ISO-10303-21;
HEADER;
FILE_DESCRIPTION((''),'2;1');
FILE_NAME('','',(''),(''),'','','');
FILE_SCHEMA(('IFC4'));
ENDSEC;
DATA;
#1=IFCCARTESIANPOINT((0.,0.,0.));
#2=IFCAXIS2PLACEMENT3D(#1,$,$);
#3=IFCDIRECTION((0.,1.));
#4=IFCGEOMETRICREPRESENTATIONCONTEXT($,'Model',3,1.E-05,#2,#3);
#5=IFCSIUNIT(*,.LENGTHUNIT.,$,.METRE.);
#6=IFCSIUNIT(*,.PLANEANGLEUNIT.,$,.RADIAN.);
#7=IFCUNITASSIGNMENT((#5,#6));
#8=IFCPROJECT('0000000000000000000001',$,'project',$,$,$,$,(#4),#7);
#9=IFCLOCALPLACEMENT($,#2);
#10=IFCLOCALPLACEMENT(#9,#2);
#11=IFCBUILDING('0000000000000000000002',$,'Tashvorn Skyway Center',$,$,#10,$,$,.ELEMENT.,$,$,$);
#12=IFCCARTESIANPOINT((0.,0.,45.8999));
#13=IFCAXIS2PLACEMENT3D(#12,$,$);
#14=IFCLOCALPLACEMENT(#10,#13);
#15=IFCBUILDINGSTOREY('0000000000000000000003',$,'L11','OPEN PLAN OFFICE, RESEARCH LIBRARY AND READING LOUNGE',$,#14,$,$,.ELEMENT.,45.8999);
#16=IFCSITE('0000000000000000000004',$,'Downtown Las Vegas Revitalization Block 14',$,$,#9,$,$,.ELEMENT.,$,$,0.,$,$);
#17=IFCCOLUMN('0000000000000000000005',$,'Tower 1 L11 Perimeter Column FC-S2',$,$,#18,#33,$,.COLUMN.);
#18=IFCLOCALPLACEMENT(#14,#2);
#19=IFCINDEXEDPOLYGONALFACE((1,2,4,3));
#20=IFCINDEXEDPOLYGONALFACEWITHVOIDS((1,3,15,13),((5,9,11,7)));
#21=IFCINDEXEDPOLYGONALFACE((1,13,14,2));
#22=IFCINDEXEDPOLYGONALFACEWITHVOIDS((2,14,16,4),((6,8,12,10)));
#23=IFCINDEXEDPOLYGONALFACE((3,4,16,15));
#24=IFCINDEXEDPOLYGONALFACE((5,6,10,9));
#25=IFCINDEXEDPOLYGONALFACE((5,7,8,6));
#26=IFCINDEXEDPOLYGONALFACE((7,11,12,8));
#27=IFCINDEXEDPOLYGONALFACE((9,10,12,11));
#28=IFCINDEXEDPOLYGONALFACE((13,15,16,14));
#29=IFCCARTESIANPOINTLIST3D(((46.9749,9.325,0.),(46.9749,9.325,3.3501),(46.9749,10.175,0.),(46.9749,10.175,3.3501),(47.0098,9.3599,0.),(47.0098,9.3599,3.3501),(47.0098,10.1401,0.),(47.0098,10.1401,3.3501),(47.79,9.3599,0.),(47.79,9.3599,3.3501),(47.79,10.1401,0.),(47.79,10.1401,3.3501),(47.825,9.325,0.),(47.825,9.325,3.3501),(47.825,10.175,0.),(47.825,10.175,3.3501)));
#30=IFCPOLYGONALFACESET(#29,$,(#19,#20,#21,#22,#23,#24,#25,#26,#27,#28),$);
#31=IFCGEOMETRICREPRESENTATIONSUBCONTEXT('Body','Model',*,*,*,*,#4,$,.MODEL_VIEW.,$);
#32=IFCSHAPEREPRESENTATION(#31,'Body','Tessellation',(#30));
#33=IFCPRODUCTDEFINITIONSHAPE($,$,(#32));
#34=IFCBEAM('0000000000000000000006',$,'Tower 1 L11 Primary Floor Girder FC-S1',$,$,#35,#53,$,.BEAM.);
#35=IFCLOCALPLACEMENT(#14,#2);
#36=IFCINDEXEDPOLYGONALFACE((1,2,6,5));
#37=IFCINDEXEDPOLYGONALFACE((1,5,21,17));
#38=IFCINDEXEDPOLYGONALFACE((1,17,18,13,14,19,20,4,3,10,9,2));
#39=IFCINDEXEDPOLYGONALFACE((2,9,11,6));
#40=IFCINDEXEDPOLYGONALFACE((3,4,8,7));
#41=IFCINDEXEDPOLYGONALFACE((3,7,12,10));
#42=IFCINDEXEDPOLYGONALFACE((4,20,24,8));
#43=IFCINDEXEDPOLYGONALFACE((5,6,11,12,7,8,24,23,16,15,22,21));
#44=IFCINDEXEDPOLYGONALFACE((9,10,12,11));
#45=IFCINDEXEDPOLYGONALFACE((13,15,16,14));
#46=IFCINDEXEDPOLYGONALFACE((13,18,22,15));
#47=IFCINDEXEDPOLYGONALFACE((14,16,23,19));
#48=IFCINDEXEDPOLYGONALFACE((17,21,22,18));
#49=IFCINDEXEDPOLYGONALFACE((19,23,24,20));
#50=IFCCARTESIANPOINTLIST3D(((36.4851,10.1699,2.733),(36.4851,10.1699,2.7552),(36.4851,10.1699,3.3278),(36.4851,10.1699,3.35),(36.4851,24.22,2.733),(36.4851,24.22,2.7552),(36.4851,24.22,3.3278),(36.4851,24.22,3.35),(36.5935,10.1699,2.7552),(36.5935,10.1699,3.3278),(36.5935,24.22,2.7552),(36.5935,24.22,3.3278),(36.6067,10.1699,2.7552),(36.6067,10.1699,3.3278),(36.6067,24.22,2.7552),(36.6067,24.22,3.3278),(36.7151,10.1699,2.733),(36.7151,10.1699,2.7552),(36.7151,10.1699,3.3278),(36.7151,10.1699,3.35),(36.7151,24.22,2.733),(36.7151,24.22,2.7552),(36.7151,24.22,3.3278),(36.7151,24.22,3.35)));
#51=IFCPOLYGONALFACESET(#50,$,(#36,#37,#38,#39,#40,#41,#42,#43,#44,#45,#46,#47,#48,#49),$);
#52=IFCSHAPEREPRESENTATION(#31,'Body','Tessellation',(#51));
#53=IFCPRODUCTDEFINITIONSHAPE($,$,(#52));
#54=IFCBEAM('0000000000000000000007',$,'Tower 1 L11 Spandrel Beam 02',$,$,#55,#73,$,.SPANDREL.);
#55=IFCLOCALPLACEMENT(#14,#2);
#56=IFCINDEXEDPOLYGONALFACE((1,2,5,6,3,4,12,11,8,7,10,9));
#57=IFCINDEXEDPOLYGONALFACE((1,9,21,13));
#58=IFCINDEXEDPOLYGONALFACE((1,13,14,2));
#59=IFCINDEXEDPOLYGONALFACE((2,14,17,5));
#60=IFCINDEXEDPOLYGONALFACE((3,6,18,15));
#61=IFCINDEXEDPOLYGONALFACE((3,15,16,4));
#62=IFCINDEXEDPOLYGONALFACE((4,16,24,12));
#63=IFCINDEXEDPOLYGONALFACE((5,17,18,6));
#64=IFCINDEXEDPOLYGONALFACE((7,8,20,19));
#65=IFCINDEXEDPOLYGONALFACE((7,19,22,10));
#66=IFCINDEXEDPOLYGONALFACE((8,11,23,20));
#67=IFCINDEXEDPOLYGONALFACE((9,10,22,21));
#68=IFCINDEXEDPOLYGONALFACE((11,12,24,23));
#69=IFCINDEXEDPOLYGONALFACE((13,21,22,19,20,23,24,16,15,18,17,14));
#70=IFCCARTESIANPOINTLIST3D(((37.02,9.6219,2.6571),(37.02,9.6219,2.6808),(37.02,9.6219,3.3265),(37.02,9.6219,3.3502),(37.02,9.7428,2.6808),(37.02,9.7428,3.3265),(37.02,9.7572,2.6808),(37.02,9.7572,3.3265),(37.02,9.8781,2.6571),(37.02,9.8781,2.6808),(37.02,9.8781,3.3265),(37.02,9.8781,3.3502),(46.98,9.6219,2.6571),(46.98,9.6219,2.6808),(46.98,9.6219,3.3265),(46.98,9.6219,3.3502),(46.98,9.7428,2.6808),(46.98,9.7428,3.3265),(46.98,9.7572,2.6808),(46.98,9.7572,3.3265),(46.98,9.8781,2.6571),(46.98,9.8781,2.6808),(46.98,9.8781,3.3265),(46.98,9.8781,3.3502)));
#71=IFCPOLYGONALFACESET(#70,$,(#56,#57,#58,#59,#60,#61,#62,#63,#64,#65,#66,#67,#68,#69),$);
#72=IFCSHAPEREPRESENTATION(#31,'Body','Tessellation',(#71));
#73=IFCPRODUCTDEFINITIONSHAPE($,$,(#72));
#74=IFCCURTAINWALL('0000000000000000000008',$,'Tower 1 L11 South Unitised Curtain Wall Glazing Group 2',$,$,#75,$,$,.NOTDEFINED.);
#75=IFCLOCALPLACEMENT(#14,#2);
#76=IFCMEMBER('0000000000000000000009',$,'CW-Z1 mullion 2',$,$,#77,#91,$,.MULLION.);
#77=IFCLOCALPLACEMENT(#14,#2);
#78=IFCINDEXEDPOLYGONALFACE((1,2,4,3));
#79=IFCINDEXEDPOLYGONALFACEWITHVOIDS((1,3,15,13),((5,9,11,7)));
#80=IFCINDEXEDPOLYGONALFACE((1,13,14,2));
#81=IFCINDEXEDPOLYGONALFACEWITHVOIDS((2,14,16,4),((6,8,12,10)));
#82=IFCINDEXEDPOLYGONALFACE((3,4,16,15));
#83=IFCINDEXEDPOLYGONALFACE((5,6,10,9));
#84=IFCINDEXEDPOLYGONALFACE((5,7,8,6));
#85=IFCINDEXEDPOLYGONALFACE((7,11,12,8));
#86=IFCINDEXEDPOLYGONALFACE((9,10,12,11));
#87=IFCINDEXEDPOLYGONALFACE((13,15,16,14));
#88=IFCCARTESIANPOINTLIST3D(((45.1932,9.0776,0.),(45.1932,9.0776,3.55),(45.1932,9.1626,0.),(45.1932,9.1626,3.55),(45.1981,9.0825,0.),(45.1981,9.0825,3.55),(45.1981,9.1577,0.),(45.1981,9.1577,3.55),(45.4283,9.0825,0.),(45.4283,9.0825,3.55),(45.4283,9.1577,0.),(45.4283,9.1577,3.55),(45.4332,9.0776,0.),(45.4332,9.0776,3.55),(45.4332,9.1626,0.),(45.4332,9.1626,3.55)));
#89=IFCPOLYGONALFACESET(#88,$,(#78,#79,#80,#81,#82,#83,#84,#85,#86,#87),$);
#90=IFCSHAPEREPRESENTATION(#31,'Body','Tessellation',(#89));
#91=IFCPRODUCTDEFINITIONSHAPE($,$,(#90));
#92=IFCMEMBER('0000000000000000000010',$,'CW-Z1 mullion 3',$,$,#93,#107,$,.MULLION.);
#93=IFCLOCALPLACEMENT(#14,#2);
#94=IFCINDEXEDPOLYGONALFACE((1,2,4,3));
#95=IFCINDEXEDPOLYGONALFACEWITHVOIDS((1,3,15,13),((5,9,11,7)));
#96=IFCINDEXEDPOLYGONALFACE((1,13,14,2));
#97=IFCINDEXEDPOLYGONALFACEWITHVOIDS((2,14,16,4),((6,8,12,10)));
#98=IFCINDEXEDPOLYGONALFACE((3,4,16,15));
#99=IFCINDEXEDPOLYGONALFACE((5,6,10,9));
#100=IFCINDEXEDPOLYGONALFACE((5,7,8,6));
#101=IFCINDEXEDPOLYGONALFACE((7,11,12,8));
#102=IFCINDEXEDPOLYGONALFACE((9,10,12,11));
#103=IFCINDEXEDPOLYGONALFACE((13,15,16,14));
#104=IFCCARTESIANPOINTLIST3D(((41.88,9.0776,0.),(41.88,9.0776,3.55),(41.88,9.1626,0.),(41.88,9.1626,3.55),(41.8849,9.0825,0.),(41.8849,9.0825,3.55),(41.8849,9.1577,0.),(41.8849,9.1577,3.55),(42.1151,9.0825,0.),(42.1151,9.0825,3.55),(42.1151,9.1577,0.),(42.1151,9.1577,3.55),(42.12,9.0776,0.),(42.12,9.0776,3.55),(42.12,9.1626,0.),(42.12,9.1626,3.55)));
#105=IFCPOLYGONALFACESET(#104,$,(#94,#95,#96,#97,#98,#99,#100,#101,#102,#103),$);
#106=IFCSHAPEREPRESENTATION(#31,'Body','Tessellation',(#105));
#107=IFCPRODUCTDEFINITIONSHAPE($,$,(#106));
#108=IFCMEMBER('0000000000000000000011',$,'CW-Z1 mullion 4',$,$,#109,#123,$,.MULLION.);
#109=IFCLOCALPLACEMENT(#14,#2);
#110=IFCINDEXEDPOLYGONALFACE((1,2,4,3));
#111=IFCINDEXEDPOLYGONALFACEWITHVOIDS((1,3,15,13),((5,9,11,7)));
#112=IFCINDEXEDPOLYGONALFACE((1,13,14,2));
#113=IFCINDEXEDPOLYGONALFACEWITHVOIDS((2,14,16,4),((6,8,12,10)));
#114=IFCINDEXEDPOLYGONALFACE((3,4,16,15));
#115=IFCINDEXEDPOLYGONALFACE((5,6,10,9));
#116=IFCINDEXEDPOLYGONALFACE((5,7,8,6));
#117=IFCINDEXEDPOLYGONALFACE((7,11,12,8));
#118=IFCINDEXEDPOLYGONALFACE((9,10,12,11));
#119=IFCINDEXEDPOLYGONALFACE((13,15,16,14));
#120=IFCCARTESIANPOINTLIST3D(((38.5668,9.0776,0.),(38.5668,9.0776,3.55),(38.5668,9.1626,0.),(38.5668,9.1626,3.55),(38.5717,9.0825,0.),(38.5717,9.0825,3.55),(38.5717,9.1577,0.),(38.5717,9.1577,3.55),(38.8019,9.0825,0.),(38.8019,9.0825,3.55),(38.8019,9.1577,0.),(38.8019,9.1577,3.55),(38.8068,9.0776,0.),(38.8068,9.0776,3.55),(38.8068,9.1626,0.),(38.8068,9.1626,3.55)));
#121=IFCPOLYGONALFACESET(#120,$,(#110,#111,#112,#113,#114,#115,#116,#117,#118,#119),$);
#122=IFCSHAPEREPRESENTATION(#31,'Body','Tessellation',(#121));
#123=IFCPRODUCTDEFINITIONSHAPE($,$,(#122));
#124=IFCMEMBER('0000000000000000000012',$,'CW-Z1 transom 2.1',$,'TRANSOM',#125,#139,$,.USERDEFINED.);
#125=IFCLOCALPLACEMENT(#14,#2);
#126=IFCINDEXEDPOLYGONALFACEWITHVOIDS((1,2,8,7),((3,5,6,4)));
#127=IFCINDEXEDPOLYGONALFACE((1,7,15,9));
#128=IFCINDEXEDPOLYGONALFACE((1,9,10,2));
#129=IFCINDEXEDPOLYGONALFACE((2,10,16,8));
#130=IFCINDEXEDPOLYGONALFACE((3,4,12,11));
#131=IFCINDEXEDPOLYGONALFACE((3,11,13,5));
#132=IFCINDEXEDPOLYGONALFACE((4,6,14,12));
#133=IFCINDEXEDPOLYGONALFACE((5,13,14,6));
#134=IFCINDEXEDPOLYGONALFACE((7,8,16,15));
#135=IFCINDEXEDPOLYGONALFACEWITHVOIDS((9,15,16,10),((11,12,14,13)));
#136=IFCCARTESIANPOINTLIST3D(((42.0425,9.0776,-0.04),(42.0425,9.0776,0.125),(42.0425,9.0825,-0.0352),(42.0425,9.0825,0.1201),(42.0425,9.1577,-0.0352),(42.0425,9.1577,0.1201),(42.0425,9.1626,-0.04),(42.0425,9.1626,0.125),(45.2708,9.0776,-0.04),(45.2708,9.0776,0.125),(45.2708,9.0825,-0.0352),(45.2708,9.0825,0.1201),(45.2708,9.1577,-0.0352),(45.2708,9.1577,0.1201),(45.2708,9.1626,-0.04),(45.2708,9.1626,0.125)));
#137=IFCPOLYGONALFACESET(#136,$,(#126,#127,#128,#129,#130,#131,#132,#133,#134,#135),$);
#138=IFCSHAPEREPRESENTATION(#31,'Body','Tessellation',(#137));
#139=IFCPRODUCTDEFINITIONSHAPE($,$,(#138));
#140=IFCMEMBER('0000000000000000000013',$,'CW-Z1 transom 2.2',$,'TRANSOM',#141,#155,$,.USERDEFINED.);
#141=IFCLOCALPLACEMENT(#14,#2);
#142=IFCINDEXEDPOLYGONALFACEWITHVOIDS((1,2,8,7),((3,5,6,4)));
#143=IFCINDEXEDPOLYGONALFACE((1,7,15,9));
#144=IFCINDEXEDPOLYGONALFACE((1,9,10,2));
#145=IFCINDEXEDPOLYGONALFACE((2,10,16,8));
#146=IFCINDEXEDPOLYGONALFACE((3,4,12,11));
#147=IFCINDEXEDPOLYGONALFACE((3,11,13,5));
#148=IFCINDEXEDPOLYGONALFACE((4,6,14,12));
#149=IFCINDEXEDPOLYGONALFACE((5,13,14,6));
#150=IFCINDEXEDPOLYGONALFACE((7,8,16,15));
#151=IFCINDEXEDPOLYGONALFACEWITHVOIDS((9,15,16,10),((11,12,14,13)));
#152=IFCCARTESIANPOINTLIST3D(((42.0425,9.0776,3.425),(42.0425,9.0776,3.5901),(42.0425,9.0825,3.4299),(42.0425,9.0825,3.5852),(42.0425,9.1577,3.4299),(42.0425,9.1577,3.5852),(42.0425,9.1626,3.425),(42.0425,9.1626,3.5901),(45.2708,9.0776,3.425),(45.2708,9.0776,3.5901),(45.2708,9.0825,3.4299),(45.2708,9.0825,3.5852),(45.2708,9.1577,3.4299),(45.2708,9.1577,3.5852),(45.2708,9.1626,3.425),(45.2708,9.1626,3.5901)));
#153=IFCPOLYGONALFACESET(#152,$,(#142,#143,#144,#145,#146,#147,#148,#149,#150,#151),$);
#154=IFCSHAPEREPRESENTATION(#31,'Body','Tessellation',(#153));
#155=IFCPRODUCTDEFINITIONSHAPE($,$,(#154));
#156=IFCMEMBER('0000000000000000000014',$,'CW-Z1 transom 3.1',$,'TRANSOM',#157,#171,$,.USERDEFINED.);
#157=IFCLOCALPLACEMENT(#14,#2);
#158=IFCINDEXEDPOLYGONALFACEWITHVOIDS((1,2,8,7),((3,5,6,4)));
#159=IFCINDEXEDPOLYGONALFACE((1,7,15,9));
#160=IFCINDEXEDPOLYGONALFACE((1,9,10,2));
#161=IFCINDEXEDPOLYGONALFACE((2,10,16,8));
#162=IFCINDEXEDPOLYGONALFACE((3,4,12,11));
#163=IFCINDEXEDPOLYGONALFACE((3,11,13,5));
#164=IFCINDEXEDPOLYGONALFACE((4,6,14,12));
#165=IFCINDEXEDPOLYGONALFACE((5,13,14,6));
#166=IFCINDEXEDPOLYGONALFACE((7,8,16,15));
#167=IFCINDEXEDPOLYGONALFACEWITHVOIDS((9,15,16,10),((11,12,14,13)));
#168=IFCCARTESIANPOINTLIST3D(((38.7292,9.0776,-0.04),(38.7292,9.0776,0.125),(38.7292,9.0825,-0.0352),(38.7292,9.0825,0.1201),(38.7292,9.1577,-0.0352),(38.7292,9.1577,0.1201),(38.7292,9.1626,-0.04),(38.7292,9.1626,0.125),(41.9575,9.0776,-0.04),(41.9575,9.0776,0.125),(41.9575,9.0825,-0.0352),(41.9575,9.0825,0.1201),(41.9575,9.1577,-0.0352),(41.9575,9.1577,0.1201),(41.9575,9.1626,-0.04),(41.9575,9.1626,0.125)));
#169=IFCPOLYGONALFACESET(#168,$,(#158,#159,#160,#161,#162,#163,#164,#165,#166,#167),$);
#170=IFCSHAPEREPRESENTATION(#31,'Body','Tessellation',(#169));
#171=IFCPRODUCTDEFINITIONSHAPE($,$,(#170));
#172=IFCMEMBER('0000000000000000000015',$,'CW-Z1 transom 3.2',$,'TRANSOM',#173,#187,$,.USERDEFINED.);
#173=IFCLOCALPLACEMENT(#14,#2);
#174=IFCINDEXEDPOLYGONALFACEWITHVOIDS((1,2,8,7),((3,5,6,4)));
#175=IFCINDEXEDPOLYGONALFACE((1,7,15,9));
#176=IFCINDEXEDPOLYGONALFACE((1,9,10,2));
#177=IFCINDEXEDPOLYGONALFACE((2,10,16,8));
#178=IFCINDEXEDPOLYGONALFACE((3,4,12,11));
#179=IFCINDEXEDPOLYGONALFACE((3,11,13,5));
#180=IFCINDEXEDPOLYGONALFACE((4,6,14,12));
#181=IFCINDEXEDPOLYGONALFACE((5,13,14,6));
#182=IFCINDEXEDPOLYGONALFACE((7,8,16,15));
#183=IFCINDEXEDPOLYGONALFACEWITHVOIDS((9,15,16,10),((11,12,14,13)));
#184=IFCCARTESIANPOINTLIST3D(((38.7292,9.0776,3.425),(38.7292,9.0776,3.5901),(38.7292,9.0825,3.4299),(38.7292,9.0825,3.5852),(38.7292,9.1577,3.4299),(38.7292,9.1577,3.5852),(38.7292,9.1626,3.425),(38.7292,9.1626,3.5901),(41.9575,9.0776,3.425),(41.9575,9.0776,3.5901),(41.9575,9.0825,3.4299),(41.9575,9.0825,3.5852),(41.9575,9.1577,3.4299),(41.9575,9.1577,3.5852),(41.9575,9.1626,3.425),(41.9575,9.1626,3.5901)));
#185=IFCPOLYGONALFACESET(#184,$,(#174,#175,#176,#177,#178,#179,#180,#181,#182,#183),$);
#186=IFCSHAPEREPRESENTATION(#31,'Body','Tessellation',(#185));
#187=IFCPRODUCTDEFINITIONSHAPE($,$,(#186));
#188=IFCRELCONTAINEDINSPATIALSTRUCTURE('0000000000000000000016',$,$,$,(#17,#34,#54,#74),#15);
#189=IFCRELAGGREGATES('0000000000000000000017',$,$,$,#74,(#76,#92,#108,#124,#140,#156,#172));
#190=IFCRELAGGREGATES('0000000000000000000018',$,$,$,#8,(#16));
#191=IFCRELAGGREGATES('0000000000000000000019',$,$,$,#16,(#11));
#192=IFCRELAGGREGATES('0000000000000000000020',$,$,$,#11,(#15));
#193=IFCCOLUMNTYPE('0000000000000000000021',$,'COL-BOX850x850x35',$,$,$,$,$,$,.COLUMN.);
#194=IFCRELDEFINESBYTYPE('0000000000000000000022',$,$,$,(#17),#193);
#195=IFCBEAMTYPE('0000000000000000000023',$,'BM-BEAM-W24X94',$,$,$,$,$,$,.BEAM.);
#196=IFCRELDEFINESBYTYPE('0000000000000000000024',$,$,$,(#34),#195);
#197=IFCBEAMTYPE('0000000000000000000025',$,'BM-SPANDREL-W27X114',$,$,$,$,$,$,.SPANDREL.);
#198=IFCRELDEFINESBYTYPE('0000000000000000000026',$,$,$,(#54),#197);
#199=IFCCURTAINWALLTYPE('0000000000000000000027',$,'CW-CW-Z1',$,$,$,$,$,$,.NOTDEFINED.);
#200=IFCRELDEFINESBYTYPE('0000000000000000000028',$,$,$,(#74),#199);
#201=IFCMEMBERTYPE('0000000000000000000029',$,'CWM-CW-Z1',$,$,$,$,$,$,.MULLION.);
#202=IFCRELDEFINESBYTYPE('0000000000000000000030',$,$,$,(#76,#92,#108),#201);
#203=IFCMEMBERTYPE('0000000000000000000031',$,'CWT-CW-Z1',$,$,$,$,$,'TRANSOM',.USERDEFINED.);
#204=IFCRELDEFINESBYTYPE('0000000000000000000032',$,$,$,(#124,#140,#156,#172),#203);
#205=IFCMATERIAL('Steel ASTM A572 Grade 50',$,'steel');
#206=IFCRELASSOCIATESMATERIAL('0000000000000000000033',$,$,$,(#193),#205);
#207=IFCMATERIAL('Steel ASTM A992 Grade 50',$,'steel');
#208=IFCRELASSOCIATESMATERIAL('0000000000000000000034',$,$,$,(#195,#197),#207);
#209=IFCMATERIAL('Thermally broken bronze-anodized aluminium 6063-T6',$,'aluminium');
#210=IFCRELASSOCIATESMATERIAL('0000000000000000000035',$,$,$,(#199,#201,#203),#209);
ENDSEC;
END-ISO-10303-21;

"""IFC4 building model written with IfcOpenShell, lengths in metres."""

from ifc_helpers import new_model, si_unit, direction, frame, origin, origin_2d, place, context, subcontext, project, spatial, hollow_rectangle, i_section, extrude, material, material_profile, profile_set, type_object, element, aggregate, save


model = new_model("IFC4")

# Units and contexts
model_context = context("Model", 3, precision=1e-05, world=origin(), true_north=direction((0.0, 1.0)))
body_context = subcontext(model_context, "Body", "Model", "MODEL_VIEW")
ifc_project = project(units=[si_unit("LENGTHUNIT", "METRE"), si_unit("PLANEANGLEUNIT", "RADIAN")], contexts=[model_context])

# Site, building, storey
site_placement = place(None, origin())
site = spatial("IfcSite", under=ifc_project, at=site_placement, Name="Downtown Las Vegas Revitalization Block 14", CompositionType="ELEMENT", RefElevation=0.0)
building_placement = place(site_placement, origin())
building = spatial("IfcBuilding", under=site, at=building_placement, Name="Tashvorn Skyway Center", CompositionType="ELEMENT")
storey_placement = place(building_placement, frame((0.0, 0.0, 45.8999)))
storey = spatial("IfcBuildingStorey", under=building, at=storey_placement, Name="L11", Description="OPEN PLAN OFFICE, RESEARCH LIBRARY AND READING LOUNGE", CompositionType="ELEMENT", Elevation=45.8999)

# Column
ifc_material_1 = material(Name="Steel ASTM A572 Grade 50", Category="steel")
ifc_material_profile_1 = material_profile(ifc_material_1, hollow_rectangle(XDim=0.8501, YDim=0.8501, WallThickness=0.0349, at=origin_2d()), Name="BOX850x850x35")
ifc_profile_set_1 = profile_set([ifc_material_profile_1], Name="Steel ASTM A572 Grade 50")
column_type = type_object("IfcColumnType", Name="COL-BOX850x850x35", PredefinedType="COLUMN", material=ifc_profile_set_1)
column_placement = place(storey_placement, frame((47.3999, 9.75, 0.0), z_axis=(0.0, 0.0, 1.0), x_axis=(1.0, 0.0, 0.0)))
element("IfcColumn", 1, at=column_placement, inside=storey, type_object=column_type, Name="Tower 1 L11 Perimeter Column FC-S2", PredefinedType="COLUMN", context=body_context, shape_type="SweptSolid", body=[
    extrude(hollow_rectangle(XDim=0.8501, YDim=0.8501, WallThickness=0.0349, at=origin_2d()), origin(), (0.0, 0.0, 1.0), 3.3501),
])

# Beams
ifc_material_2 = material(Name="Steel ASTM A992 Grade 50", Category="steel")
ifc_material_profile_2 = material_profile(ifc_material_2, i_section(OverallWidth=0.23, OverallDepth=0.6169, WebThickness=0.0132, FlangeThickness=0.0222, at=origin_2d()), Name="W24X94")
ifc_profile_set_2 = profile_set([ifc_material_profile_2], Name="Steel ASTM A992 Grade 50")
beam_type_1 = type_object("IfcBeamType", Name="BM-BEAM-W24X94", PredefinedType="BEAM", material=ifc_profile_set_2)
beam_1_placement = place(storey_placement, frame((36.6001, 10.1699, 3.0415), z_axis=(0.0, 1.0, 0.0), x_axis=(-1.0, 0.0, 0.0)))
element("IfcBeam", 2, at=beam_1_placement, inside=storey, type_object=beam_type_1, Name="Tower 1 L11 Primary Floor Girder FC-S1", PredefinedType="BEAM", context=body_context, shape_type="SweptSolid", body=[
    extrude(i_section(OverallWidth=0.23, OverallDepth=0.6169, WebThickness=0.0132, FlangeThickness=0.0222, at=origin_2d()), origin(), (0.0, 0.0, 1.0), 14.05),
])
ifc_material_profile_3 = material_profile(ifc_material_2, i_section(OverallWidth=0.2561, OverallDepth=0.6931, WebThickness=0.0144, FlangeThickness=0.0237, at=origin_2d()), Name="W27X114")
ifc_profile_set_3 = profile_set([ifc_material_profile_3], Name="Steel ASTM A992 Grade 50")
beam_type_2 = type_object("IfcBeamType", Name="BM-SPANDREL-W27X114", PredefinedType="SPANDREL", material=ifc_profile_set_3)
beam_2_placement = place(storey_placement, frame((37.02, 9.75, 3.0037), z_axis=(1.0, 0.0, 0.0), x_axis=(0.0, 1.0, 0.0)))
element("IfcBeam", 3, at=beam_2_placement, inside=storey, type_object=beam_type_2, Name="Tower 1 L11 Spandrel Beam 02", PredefinedType="SPANDREL", context=body_context, shape_type="SweptSolid", body=[
    extrude(i_section(OverallWidth=0.2561, OverallDepth=0.6931, WebThickness=0.0144, FlangeThickness=0.0237, at=origin_2d()), origin(), (0.0, 0.0, 1.0), 9.96),
])

# Curtain wall, members
ifc_material_3 = material(Name="Thermally broken bronze-anodized aluminium 6063-T6", Category="aluminium")
curtain_wall_type = type_object("IfcCurtainWallType", Name="CW-CW-Z1", PredefinedType="NOTDEFINED", material=ifc_material_3)
curtain_wall_placement = place(storey_placement, origin())
curtain_wall = element("IfcCurtainWall", 4, at=curtain_wall_placement, inside=storey, type_object=curtain_wall_type, Name="Tower 1 L11 South Unitised Curtain Wall Glazing Group 2", PredefinedType="NOTDEFINED")
ifc_material_profile_4 = material_profile(ifc_material_3, hollow_rectangle(XDim=0.085, YDim=0.24, WallThickness=0.0049, at=origin_2d()), Name="ALU-MULL-85x240")
ifc_profile_set_4 = profile_set([ifc_material_profile_4], Name="Thermally broken bronze-anodized aluminium 6063-T6")
member_type_1 = type_object("IfcMemberType", Name="CWM-CW-Z1", PredefinedType="MULLION", material=ifc_profile_set_4)
member_1_placement = place(storey_placement, frame((45.3132, 9.1201, 0.0), z_axis=(0.0, 0.0, 1.0), x_axis=(0.0, -1.0, 0.0)))
member_1 = element("IfcMember", 5, at=member_1_placement, type_object=member_type_1, Name="CW-Z1 mullion 2", PredefinedType="MULLION", context=body_context, shape_type="SweptSolid", body=[
    extrude(hollow_rectangle(XDim=0.085, YDim=0.24, WallThickness=0.0049, at=origin_2d()), origin(), (0.0, 0.0, 1.0), 3.55),
])
member_2_placement = place(storey_placement, frame((42.0, 9.1201, 0.0), z_axis=(0.0, 0.0, 1.0), x_axis=(0.0, -1.0, 0.0)))
member_2 = element("IfcMember", 6, at=member_2_placement, type_object=member_type_1, Name="CW-Z1 mullion 3", PredefinedType="MULLION", context=body_context, shape_type="SweptSolid", body=[
    extrude(hollow_rectangle(XDim=0.085, YDim=0.24, WallThickness=0.0049, at=origin_2d()), origin(), (0.0, 0.0, 1.0), 3.55),
])
member_3_placement = place(storey_placement, frame((38.6868, 9.1201, 0.0), z_axis=(0.0, 0.0, 1.0), x_axis=(0.0, -1.0, 0.0)))
member_3 = element("IfcMember", 7, at=member_3_placement, type_object=member_type_1, Name="CW-Z1 mullion 4", PredefinedType="MULLION", context=body_context, shape_type="SweptSolid", body=[
    extrude(hollow_rectangle(XDim=0.085, YDim=0.24, WallThickness=0.0049, at=origin_2d()), origin(), (0.0, 0.0, 1.0), 3.55),
])
ifc_material_profile_5 = material_profile(ifc_material_3, hollow_rectangle(XDim=0.085, YDim=0.165, WallThickness=0.0049, at=origin_2d()), Name="ALU-TRAN-85x165")
ifc_profile_set_5 = profile_set([ifc_material_profile_5], Name="Thermally broken bronze-anodized aluminium 6063-T6")
member_type_2 = type_object("IfcMemberType", Name="CWT-CW-Z1", ElementType="TRANSOM", PredefinedType="USERDEFINED", material=ifc_profile_set_5)
member_4_placement = place(storey_placement, frame((45.2708, 9.1201, 0.0425), z_axis=(-1.0, 0.0, 0.0), x_axis=(0.0, -1.0, 0.0)))
member_4 = element("IfcMember", 8, at=member_4_placement, type_object=member_type_2, Name="CW-Z1 transom 2.1", ObjectType="TRANSOM", PredefinedType="USERDEFINED", context=body_context, shape_type="SweptSolid", body=[
    extrude(hollow_rectangle(XDim=0.085, YDim=0.165, WallThickness=0.0049, at=origin_2d()), origin(), (0.0, 0.0, 1.0), 3.2283),
])
member_5_placement = place(storey_placement, frame((45.2708, 9.1201, 3.5076), z_axis=(-1.0, 0.0, 0.0), x_axis=(0.0, -1.0, 0.0)))
member_5 = element("IfcMember", 9, at=member_5_placement, type_object=member_type_2, Name="CW-Z1 transom 2.2", ObjectType="TRANSOM", PredefinedType="USERDEFINED", context=body_context, shape_type="SweptSolid", body=[
    extrude(hollow_rectangle(XDim=0.085, YDim=0.165, WallThickness=0.0049, at=origin_2d()), origin(), (0.0, 0.0, 1.0), 3.2283),
])
member_6_placement = place(storey_placement, frame((41.9575, 9.1201, 0.0425), z_axis=(-1.0, 0.0, 0.0), x_axis=(0.0, -1.0, 0.0)))
member_6 = element("IfcMember", 10, at=member_6_placement, type_object=member_type_2, Name="CW-Z1 transom 3.1", ObjectType="TRANSOM", PredefinedType="USERDEFINED", context=body_context, shape_type="SweptSolid", body=[
    extrude(hollow_rectangle(XDim=0.085, YDim=0.165, WallThickness=0.0049, at=origin_2d()), origin(), (0.0, 0.0, 1.0), 3.2283),
])
member_7_placement = place(storey_placement, frame((41.9575, 9.1201, 3.5076), z_axis=(-1.0, 0.0, 0.0), x_axis=(0.0, -1.0, 0.0)))
member_7 = element("IfcMember", 11, at=member_7_placement, type_object=member_type_2, Name="CW-Z1 transom 3.2", ObjectType="TRANSOM", PredefinedType="USERDEFINED", context=body_context, shape_type="SweptSolid", body=[
    extrude(hollow_rectangle(XDim=0.085, YDim=0.165, WallThickness=0.0049, at=origin_2d()), origin(), (0.0, 0.0, 1.0), 3.2283),
])
aggregate(curtain_wall, [member_1, member_2, member_3, member_4, member_5, member_6, member_7])

save(model, "model.ifc")
